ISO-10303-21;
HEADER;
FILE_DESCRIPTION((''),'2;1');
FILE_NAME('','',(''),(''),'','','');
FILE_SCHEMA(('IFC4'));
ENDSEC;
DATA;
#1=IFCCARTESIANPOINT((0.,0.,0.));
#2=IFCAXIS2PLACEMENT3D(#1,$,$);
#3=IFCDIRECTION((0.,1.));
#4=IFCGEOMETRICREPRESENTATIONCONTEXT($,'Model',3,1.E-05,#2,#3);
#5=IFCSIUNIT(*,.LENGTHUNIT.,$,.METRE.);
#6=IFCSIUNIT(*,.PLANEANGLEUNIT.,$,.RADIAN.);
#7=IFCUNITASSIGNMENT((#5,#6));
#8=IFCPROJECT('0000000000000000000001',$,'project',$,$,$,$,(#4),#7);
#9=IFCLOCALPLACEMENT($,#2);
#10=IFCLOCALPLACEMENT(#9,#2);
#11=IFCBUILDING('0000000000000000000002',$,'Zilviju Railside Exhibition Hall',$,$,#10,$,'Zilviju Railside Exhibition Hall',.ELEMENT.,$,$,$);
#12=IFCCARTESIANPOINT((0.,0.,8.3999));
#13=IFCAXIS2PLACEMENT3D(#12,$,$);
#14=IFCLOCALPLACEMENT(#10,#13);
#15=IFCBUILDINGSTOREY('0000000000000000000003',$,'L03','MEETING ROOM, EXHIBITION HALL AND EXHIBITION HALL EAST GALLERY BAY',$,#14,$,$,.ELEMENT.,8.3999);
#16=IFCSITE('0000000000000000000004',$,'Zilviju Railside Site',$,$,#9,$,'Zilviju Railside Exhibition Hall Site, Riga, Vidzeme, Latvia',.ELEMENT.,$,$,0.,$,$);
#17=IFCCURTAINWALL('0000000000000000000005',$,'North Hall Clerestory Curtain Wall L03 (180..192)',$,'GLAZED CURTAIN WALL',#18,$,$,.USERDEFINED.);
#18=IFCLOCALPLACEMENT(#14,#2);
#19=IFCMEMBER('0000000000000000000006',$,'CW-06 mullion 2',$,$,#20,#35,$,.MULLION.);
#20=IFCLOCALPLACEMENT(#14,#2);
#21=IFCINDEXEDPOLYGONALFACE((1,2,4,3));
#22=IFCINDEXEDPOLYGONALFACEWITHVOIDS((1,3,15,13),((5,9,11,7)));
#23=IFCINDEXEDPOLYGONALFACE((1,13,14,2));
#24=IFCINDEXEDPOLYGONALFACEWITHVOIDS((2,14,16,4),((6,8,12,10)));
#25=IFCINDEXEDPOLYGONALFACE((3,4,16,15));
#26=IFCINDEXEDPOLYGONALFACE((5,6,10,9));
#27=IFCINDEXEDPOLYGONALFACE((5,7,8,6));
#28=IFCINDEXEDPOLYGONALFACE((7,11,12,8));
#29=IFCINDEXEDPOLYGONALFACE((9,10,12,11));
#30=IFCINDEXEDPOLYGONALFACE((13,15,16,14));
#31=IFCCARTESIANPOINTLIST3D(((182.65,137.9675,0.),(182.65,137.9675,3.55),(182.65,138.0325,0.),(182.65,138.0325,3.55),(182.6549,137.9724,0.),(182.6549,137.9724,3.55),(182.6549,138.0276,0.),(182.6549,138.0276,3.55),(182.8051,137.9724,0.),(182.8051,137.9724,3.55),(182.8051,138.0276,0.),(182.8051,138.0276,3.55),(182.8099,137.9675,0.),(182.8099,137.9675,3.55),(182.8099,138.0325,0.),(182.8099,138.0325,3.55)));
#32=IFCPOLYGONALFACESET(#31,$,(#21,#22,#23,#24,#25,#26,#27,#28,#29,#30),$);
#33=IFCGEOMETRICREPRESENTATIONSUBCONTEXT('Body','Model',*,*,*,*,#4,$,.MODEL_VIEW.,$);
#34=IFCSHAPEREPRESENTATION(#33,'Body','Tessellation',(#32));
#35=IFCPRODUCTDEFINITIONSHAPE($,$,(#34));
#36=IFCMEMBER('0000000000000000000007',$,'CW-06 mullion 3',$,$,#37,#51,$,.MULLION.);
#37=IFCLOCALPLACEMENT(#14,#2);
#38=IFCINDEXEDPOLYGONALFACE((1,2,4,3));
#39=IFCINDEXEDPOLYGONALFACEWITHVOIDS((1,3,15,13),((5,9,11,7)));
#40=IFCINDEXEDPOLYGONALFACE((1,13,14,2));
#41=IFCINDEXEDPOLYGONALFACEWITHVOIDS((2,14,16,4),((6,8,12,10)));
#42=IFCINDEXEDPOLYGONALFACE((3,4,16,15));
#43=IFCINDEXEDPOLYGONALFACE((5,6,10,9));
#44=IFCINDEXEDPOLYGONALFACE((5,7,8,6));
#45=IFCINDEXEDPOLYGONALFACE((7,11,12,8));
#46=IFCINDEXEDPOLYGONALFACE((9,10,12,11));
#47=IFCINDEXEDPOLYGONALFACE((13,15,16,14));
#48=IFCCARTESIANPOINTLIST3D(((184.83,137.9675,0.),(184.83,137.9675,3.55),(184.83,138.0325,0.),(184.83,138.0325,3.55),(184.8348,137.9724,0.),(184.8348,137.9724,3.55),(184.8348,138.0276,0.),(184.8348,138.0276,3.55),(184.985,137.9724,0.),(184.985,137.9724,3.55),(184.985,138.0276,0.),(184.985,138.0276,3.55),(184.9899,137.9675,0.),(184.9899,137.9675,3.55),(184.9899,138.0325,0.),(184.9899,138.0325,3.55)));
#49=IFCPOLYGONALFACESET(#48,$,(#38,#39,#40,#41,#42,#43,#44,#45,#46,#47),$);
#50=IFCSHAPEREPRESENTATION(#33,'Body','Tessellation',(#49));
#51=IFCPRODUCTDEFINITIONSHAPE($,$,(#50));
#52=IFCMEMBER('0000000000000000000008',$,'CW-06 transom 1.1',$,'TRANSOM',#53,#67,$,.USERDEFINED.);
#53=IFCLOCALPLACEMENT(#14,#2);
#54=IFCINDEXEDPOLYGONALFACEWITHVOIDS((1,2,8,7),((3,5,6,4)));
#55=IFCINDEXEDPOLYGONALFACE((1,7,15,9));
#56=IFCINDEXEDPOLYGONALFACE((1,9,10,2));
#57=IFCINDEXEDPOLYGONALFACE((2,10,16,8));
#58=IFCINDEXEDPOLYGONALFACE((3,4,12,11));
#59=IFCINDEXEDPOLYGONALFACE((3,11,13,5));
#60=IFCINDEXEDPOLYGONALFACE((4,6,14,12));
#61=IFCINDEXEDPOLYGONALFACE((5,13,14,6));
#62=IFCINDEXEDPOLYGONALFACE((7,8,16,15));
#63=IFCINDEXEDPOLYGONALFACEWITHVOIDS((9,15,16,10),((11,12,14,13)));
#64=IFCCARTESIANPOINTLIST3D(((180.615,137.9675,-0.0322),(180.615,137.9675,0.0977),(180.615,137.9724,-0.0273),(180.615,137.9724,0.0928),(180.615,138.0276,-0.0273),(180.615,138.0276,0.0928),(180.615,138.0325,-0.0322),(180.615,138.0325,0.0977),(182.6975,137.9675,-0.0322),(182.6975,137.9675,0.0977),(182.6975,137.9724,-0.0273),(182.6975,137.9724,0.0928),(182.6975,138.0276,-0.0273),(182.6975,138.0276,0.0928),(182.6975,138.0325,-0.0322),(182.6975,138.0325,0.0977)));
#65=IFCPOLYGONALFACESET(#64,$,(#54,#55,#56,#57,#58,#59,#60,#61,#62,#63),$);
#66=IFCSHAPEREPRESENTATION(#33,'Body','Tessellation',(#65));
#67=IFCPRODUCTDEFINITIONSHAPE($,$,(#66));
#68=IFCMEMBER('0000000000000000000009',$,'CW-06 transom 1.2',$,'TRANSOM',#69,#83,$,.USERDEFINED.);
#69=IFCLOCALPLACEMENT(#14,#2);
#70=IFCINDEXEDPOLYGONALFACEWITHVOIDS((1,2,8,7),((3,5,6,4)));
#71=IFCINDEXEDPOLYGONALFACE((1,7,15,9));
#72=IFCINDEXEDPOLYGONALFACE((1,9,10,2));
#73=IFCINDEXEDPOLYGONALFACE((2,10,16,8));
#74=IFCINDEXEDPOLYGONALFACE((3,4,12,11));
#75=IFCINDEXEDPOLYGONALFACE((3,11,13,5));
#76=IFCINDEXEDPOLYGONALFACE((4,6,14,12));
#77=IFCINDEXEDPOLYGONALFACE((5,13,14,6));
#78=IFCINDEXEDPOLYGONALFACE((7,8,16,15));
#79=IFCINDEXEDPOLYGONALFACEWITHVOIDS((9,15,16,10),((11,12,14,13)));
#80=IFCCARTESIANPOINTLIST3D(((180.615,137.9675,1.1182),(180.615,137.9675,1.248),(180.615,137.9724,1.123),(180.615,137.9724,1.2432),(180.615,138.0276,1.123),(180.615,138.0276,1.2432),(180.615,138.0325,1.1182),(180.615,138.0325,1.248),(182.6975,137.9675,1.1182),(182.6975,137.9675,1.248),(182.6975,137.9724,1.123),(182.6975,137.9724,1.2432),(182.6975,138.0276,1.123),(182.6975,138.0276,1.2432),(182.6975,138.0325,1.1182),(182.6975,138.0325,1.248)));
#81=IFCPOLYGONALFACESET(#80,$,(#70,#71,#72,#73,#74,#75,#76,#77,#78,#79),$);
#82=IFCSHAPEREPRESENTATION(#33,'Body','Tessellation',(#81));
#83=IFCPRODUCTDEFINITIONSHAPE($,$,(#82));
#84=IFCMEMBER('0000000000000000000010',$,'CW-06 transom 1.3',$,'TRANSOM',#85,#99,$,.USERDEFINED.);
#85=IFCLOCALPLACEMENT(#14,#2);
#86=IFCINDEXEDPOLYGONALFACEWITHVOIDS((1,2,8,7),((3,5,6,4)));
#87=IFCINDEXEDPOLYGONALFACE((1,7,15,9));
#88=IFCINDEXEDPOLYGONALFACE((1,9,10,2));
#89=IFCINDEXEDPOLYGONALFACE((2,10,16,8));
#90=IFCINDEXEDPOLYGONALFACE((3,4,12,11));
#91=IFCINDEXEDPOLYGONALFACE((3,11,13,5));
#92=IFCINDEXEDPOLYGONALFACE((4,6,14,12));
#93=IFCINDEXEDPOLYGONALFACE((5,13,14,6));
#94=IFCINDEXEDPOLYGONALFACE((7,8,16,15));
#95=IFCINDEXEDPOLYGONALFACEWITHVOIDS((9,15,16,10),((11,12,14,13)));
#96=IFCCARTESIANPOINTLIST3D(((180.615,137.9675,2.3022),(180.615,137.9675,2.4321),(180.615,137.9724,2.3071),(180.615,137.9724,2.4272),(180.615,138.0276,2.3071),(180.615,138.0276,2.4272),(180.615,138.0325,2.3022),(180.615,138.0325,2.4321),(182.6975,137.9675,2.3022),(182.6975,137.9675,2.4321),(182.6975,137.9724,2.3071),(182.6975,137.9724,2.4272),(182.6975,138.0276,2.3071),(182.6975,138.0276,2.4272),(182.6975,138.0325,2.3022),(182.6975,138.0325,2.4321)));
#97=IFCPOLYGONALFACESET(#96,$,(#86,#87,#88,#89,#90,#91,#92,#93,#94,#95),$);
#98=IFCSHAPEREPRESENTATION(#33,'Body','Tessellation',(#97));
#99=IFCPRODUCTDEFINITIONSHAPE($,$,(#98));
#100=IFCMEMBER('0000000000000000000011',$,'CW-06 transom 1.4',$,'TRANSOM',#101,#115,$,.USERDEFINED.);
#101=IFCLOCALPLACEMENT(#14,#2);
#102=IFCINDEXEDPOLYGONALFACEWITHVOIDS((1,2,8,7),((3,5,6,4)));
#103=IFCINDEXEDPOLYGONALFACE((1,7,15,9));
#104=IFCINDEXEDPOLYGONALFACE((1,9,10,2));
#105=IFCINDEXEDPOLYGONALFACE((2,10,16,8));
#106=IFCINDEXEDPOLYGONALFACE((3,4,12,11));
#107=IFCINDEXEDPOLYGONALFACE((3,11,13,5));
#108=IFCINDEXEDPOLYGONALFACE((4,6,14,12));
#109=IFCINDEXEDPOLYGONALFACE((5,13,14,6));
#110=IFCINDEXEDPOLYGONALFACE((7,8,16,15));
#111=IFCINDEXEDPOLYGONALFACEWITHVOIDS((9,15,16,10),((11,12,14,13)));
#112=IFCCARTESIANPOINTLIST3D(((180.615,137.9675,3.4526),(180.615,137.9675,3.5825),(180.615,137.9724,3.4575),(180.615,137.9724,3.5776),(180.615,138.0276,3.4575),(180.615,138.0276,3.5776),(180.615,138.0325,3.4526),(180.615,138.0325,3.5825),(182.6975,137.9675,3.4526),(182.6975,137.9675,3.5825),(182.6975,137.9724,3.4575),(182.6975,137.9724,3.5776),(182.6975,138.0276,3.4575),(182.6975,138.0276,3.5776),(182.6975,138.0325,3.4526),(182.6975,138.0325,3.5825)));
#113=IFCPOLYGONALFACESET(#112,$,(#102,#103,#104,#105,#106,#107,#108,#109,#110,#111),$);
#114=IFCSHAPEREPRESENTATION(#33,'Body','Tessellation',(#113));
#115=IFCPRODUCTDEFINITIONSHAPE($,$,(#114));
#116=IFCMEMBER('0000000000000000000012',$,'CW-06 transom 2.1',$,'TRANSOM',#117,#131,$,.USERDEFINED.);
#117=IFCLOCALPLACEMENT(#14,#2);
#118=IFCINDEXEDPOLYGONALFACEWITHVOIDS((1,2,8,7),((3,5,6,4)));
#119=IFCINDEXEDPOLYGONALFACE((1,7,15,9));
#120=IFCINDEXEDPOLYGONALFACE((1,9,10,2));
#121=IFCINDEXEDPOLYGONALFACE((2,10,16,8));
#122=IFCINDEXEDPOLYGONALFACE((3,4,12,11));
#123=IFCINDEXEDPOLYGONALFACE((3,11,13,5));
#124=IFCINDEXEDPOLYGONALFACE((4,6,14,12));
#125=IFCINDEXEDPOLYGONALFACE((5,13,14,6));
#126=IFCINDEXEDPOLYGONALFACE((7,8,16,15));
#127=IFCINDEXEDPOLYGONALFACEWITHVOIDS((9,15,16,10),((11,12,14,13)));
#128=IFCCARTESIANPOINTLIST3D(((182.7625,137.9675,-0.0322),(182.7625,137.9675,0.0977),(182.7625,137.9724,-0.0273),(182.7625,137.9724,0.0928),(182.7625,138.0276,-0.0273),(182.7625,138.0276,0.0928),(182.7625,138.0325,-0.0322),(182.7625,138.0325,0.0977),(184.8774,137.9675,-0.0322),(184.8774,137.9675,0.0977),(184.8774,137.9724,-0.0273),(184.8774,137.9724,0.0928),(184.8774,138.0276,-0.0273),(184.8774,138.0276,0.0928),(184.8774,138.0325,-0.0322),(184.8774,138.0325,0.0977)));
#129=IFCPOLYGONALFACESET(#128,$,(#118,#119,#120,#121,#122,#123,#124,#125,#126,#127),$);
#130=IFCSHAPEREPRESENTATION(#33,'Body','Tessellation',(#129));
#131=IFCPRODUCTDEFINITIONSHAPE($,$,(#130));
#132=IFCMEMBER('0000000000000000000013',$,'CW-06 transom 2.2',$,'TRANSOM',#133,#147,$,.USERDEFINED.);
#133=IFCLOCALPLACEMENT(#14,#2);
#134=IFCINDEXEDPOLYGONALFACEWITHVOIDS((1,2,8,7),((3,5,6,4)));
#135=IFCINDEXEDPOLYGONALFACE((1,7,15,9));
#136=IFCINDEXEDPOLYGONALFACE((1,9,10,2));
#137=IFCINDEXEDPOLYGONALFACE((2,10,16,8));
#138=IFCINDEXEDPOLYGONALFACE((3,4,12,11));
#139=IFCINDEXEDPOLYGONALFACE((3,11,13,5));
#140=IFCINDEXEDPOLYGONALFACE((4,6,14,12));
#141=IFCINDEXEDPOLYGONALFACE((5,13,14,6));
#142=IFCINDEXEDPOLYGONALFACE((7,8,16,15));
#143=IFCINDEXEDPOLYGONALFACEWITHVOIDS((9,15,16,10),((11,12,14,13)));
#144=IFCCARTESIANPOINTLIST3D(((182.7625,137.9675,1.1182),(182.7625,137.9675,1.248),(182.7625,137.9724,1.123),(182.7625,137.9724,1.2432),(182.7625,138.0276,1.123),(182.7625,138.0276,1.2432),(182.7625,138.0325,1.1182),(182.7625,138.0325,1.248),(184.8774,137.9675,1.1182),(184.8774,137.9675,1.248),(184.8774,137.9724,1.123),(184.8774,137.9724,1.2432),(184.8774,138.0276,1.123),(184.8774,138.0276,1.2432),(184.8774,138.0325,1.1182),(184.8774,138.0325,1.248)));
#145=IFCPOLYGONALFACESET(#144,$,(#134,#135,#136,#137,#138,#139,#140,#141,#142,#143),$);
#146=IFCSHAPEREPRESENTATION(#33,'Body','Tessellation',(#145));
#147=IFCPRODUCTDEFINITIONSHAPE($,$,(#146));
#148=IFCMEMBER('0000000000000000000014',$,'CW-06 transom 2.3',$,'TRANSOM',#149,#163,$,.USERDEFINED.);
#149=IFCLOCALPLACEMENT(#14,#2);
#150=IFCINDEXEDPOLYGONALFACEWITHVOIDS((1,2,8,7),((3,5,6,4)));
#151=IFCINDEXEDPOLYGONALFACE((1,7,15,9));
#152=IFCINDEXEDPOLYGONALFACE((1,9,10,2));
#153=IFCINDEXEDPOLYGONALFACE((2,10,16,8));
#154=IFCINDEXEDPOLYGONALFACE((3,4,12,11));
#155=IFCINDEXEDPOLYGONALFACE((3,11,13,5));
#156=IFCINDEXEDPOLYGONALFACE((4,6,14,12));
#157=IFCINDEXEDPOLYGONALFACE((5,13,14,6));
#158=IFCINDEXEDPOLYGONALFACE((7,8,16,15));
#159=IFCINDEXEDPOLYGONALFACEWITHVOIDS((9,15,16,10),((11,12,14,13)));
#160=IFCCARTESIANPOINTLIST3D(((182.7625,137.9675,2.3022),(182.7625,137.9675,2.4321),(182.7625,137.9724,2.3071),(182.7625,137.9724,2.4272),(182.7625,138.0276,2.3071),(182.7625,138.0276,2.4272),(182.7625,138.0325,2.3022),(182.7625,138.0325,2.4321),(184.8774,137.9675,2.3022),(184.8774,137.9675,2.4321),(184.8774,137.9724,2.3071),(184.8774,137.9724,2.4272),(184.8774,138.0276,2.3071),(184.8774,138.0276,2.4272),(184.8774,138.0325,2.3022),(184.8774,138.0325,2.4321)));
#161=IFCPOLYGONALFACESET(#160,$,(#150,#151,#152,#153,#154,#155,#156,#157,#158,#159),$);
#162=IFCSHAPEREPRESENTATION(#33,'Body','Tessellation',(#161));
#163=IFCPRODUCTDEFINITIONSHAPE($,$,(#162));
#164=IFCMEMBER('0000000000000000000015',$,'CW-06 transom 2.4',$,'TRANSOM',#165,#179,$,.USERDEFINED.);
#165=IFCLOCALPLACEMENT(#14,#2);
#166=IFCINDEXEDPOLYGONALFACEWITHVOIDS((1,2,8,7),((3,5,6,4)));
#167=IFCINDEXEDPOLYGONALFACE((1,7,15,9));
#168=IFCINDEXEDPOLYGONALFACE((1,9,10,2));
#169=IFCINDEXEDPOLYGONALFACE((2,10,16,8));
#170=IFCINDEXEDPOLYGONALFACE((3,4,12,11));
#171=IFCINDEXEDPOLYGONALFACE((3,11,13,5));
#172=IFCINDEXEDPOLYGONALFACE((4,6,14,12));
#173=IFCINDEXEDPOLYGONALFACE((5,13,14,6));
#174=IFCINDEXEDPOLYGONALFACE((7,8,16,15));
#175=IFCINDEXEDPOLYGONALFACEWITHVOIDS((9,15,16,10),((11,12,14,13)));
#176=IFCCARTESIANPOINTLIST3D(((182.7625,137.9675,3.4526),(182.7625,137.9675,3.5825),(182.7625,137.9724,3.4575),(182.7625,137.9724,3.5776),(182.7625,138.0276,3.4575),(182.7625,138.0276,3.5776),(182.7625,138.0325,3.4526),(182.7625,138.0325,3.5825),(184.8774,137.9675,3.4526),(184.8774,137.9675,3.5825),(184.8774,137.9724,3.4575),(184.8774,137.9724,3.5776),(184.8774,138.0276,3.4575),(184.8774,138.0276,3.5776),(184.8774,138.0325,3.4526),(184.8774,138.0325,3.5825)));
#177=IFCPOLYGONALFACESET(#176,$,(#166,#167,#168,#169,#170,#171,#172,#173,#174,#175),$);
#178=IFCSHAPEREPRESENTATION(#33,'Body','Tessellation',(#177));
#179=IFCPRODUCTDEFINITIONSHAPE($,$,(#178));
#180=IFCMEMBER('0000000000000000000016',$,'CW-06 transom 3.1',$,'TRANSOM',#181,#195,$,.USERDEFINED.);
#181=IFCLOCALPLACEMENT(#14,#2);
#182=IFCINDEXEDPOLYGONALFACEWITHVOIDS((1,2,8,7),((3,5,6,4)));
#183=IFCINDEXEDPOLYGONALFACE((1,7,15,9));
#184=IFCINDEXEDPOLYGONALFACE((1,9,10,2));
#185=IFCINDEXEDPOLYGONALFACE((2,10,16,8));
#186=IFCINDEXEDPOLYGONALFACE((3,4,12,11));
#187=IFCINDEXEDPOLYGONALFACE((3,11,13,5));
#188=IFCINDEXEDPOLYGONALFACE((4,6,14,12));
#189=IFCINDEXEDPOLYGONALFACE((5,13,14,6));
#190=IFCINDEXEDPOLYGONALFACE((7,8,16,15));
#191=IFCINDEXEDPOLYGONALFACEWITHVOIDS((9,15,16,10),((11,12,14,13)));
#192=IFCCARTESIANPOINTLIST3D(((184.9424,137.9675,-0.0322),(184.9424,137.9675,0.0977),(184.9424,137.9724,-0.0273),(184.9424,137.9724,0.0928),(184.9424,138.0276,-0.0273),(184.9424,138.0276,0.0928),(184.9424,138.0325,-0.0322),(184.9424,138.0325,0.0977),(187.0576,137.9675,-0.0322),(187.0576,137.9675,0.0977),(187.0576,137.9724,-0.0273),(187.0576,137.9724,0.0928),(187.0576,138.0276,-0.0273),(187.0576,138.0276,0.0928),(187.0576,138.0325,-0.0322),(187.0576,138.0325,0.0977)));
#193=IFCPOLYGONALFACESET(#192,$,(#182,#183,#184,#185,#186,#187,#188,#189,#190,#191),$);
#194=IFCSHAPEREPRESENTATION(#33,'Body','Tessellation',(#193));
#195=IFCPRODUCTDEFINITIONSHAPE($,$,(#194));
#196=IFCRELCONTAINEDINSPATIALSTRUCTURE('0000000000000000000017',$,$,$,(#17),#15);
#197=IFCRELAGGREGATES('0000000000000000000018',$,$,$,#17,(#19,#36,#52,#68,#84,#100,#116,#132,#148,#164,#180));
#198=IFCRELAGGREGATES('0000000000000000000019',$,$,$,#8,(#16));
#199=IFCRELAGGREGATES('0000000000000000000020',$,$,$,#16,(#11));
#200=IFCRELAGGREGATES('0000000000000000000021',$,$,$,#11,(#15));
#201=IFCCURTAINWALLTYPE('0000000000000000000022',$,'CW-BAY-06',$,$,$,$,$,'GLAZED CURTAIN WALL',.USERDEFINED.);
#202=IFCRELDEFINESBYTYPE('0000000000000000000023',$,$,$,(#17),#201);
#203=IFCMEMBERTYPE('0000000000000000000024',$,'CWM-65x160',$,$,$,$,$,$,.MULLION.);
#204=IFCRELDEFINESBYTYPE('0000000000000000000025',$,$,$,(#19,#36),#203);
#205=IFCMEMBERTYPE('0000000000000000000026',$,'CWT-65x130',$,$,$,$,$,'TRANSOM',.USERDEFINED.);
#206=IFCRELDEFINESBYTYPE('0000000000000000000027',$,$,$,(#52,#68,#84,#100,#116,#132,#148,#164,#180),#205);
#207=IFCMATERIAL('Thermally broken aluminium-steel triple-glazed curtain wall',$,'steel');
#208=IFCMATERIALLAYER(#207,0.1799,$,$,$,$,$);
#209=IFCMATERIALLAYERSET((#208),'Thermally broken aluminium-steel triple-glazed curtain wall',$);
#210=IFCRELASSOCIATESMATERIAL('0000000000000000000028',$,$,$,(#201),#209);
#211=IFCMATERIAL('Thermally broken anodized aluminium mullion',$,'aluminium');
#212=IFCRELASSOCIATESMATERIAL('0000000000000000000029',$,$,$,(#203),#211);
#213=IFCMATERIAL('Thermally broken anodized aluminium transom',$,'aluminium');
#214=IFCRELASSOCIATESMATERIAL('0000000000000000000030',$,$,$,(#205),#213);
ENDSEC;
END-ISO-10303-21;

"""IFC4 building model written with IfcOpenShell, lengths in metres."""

from ifc_helpers import new_model, si_unit, direction, frame, origin, origin_2d, place, context, subcontext, project, spatial, hollow_rectangle, extrude, material, layer, layer_set, material_profile, profile_set, type_object, element, aggregate, save


model = new_model("IFC4")

# Units and contexts
model_context = context("Model", 3, precision=1e-05, world=origin(), true_north=direction((0.0, 1.0)))
body_context = subcontext(model_context, "Body", "Model", "MODEL_VIEW")
ifc_project = project(units=[si_unit("LENGTHUNIT", "METRE"), si_unit("PLANEANGLEUNIT", "RADIAN")], contexts=[model_context])

# Site, building, storey
site_placement = place(None, origin())
site = spatial("IfcSite", under=ifc_project, at=site_placement, Name="Zilviju Railside Site", LongName="Zilviju Railside Exhibition Hall Site, Riga, Vidzeme, Latvia", CompositionType="ELEMENT", RefElevation=0.0)
building_placement = place(site_placement, origin())
building = spatial("IfcBuilding", under=site, at=building_placement, Name="Zilviju Railside Exhibition Hall", LongName="Zilviju Railside Exhibition Hall", CompositionType="ELEMENT")
storey_placement = place(building_placement, frame((0.0, 0.0, 8.3999)))
storey = spatial("IfcBuildingStorey", under=building, at=storey_placement, Name="L03", Description="MEETING ROOM, EXHIBITION HALL AND EXHIBITION HALL EAST GALLERY BAY", CompositionType="ELEMENT", Elevation=8.3999)

# Curtain wall, members
ifc_material_1 = material(Name="Thermally broken aluminium-steel triple-glazed curtain wall", Category="steel")
ifc_layer_1 = layer(ifc_material_1, 0.1799)
ifc_layer_set_1 = layer_set([ifc_layer_1], Name="Thermally broken aluminium-steel triple-glazed curtain wall")
curtain_wall_type = type_object("IfcCurtainWallType", Name="CW-BAY-06", ElementType="GLAZED CURTAIN WALL", PredefinedType="USERDEFINED", material=ifc_layer_set_1)
curtain_wall_placement = place(storey_placement, origin())
curtain_wall = element("IfcCurtainWall", 1, at=curtain_wall_placement, inside=storey, type_object=curtain_wall_type, Name="North Hall Clerestory Curtain Wall L03 (180..192)", ObjectType="GLAZED CURTAIN WALL", PredefinedType="USERDEFINED")
ifc_material_2 = material(Name="Thermally broken anodized aluminium mullion", Category="aluminium")
ifc_material_profile_1 = material_profile(ifc_material_2, hollow_rectangle(XDim=0.0649, YDim=0.1599, WallThickness=0.0049, at=origin_2d()), Name="MULLION 160x65x5")
ifc_profile_set_1 = profile_set([ifc_material_profile_1], Name="Thermally broken anodized aluminium mullion")
member_type_1 = type_object("IfcMemberType", Name="CWM-65x160", PredefinedType="MULLION", material=ifc_profile_set_1)
member_1_placement = place(storey_placement, frame((182.73, 138.0, 0.0), z_axis=(0.0, 0.0, 1.0), x_axis=(0.0, 1.0, 0.0)))
member_1 = element("IfcMember", 2, at=member_1_placement, type_object=member_type_1, Name="CW-06 mullion 2", PredefinedType="MULLION", context=body_context, shape_type="SweptSolid", body=[
    extrude(hollow_rectangle(XDim=0.0649, YDim=0.1599, WallThickness=0.0049, at=origin_2d()), origin(), (0.0, 0.0, 1.0), 3.55),
])
member_2_placement = place(storey_placement, frame((184.9099, 138.0, 0.0), z_axis=(0.0, 0.0, 1.0), x_axis=(0.0, 1.0, 0.0)))
member_2 = element("IfcMember", 3, at=member_2_placement, type_object=member_type_1, Name="CW-06 mullion 3", PredefinedType="MULLION", context=body_context, shape_type="SweptSolid", body=[
    extrude(hollow_rectangle(XDim=0.0649, YDim=0.1599, WallThickness=0.0049, at=origin_2d()), origin(), (0.0, 0.0, 1.0), 3.55),
])
ifc_material_3 = material(Name="Thermally broken anodized aluminium transom", Category="aluminium")
ifc_material_profile_2 = material_profile(ifc_material_3, hollow_rectangle(XDim=0.0649, YDim=0.1299, WallThickness=0.0049, at=origin_2d()), Name="TRANSOM 130x65x5")
ifc_profile_set_2 = profile_set([ifc_material_profile_2], Name="Thermally broken anodized aluminium transom")
member_type_2 = type_object("IfcMemberType", Name="CWT-65x130", ElementType="TRANSOM", PredefinedType="USERDEFINED", material=ifc_profile_set_2)
member_3_placement = place(storey_placement, frame((180.615, 138.0, 0.0327), z_axis=(1.0, 0.0, 0.0), x_axis=(0.0, 1.0, 0.0)))
member_3 = element("IfcMember", 4, at=member_3_placement, type_object=member_type_2, Name="CW-06 transom 1.1", ObjectType="TRANSOM", PredefinedType="USERDEFINED", context=body_context, shape_type="SweptSolid", body=[
    extrude(hollow_rectangle(XDim=0.0649, YDim=0.1299, WallThickness=0.0049, at=origin_2d()), origin(), (0.0, 0.0, 1.0), 2.0825),
])
member_4_placement = place(storey_placement, frame((180.615, 138.0, 1.1831), z_axis=(1.0, 0.0, 0.0), x_axis=(0.0, 1.0, 0.0)))
member_4 = element("IfcMember", 5, at=member_4_placement, type_object=member_type_2, Name="CW-06 transom 1.2", ObjectType="TRANSOM", PredefinedType="USERDEFINED", context=body_context, shape_type="SweptSolid", body=[
    extrude(hollow_rectangle(XDim=0.0649, YDim=0.1299, WallThickness=0.0049, at=origin_2d()), origin(), (0.0, 0.0, 1.0), 2.0825),
])
member_5_placement = place(storey_placement, frame((180.615, 138.0, 2.3672), z_axis=(1.0, 0.0, 0.0), x_axis=(0.0, 1.0, 0.0)))
member_5 = element("IfcMember", 6, at=member_5_placement, type_object=member_type_2, Name="CW-06 transom 1.3", ObjectType="TRANSOM", PredefinedType="USERDEFINED", context=body_context, shape_type="SweptSolid", body=[
    extrude(hollow_rectangle(XDim=0.0649, YDim=0.1299, WallThickness=0.0049, at=origin_2d()), origin(), (0.0, 0.0, 1.0), 2.0825),
])
member_6_placement = place(storey_placement, frame((180.615, 138.0, 3.5176), z_axis=(1.0, 0.0, 0.0), x_axis=(0.0, 1.0, 0.0)))
member_6 = element("IfcMember", 7, at=member_6_placement, type_object=member_type_2, Name="CW-06 transom 1.4", ObjectType="TRANSOM", PredefinedType="USERDEFINED", context=body_context, shape_type="SweptSolid", body=[
    extrude(hollow_rectangle(XDim=0.0649, YDim=0.1299, WallThickness=0.0049, at=origin_2d()), origin(), (0.0, 0.0, 1.0), 2.0825),
])
member_7_placement = place(storey_placement, frame((182.7625, 138.0, 0.0327), z_axis=(1.0, 0.0, 0.0), x_axis=(0.0, 1.0, 0.0)))
member_7 = element("IfcMember", 8, at=member_7_placement, type_object=member_type_2, Name="CW-06 transom 2.1", ObjectType="TRANSOM", PredefinedType="USERDEFINED", context=body_context, shape_type="SweptSolid", body=[
    extrude(hollow_rectangle(XDim=0.0649, YDim=0.1299, WallThickness=0.0049, at=origin_2d()), origin(), (0.0, 0.0, 1.0), 2.115),
])
member_8_placement = place(storey_placement, frame((182.7625, 138.0, 1.1831), z_axis=(1.0, 0.0, 0.0), x_axis=(0.0, 1.0, 0.0)))
member_8 = element("IfcMember", 9, at=member_8_placement, type_object=member_type_2, Name="CW-06 transom 2.2", ObjectType="TRANSOM", PredefinedType="USERDEFINED", context=body_context, shape_type="SweptSolid", body=[
    extrude(hollow_rectangle(XDim=0.0649, YDim=0.1299, WallThickness=0.0049, at=origin_2d()), origin(), (0.0, 0.0, 1.0), 2.115),
])
member_9_placement = place(storey_placement, frame((182.7625, 138.0, 2.3672), z_axis=(1.0, 0.0, 0.0), x_axis=(0.0, 1.0, 0.0)))
member_9 = element("IfcMember", 10, at=member_9_placement, type_object=member_type_2, Name="CW-06 transom 2.3", ObjectType="TRANSOM", PredefinedType="USERDEFINED", context=body_context, shape_type="SweptSolid", body=[
    extrude(hollow_rectangle(XDim=0.0649, YDim=0.1299, WallThickness=0.0049, at=origin_2d()), origin(), (0.0, 0.0, 1.0), 2.115),
])
member_10_placement = place(storey_placement, frame((182.7625, 138.0, 3.5176), z_axis=(1.0, 0.0, 0.0), x_axis=(0.0, 1.0, 0.0)))
member_10 = element("IfcMember", 11, at=member_10_placement, type_object=member_type_2, Name="CW-06 transom 2.4", ObjectType="TRANSOM", PredefinedType="USERDEFINED", context=body_context, shape_type="SweptSolid", body=[
    extrude(hollow_rectangle(XDim=0.0649, YDim=0.1299, WallThickness=0.0049, at=origin_2d()), origin(), (0.0, 0.0, 1.0), 2.115),
])
member_11_placement = place(storey_placement, frame((184.9424, 138.0, 0.0327), z_axis=(1.0, 0.0, 0.0), x_axis=(0.0, 1.0, 0.0)))
member_11 = element("IfcMember", 12, at=member_11_placement, type_object=member_type_2, Name="CW-06 transom 3.1", ObjectType="TRANSOM", PredefinedType="USERDEFINED", context=body_context, shape_type="SweptSolid", body=[
    extrude(hollow_rectangle(XDim=0.0649, YDim=0.1299, WallThickness=0.0049, at=origin_2d()), origin(), (0.0, 0.0, 1.0), 2.1152),
])
aggregate(curtain_wall, [member_1, member_2, member_3, member_4, member_5, member_6, member_7, member_8, member_9, member_10, member_11])

save(model, "model.ifc")
